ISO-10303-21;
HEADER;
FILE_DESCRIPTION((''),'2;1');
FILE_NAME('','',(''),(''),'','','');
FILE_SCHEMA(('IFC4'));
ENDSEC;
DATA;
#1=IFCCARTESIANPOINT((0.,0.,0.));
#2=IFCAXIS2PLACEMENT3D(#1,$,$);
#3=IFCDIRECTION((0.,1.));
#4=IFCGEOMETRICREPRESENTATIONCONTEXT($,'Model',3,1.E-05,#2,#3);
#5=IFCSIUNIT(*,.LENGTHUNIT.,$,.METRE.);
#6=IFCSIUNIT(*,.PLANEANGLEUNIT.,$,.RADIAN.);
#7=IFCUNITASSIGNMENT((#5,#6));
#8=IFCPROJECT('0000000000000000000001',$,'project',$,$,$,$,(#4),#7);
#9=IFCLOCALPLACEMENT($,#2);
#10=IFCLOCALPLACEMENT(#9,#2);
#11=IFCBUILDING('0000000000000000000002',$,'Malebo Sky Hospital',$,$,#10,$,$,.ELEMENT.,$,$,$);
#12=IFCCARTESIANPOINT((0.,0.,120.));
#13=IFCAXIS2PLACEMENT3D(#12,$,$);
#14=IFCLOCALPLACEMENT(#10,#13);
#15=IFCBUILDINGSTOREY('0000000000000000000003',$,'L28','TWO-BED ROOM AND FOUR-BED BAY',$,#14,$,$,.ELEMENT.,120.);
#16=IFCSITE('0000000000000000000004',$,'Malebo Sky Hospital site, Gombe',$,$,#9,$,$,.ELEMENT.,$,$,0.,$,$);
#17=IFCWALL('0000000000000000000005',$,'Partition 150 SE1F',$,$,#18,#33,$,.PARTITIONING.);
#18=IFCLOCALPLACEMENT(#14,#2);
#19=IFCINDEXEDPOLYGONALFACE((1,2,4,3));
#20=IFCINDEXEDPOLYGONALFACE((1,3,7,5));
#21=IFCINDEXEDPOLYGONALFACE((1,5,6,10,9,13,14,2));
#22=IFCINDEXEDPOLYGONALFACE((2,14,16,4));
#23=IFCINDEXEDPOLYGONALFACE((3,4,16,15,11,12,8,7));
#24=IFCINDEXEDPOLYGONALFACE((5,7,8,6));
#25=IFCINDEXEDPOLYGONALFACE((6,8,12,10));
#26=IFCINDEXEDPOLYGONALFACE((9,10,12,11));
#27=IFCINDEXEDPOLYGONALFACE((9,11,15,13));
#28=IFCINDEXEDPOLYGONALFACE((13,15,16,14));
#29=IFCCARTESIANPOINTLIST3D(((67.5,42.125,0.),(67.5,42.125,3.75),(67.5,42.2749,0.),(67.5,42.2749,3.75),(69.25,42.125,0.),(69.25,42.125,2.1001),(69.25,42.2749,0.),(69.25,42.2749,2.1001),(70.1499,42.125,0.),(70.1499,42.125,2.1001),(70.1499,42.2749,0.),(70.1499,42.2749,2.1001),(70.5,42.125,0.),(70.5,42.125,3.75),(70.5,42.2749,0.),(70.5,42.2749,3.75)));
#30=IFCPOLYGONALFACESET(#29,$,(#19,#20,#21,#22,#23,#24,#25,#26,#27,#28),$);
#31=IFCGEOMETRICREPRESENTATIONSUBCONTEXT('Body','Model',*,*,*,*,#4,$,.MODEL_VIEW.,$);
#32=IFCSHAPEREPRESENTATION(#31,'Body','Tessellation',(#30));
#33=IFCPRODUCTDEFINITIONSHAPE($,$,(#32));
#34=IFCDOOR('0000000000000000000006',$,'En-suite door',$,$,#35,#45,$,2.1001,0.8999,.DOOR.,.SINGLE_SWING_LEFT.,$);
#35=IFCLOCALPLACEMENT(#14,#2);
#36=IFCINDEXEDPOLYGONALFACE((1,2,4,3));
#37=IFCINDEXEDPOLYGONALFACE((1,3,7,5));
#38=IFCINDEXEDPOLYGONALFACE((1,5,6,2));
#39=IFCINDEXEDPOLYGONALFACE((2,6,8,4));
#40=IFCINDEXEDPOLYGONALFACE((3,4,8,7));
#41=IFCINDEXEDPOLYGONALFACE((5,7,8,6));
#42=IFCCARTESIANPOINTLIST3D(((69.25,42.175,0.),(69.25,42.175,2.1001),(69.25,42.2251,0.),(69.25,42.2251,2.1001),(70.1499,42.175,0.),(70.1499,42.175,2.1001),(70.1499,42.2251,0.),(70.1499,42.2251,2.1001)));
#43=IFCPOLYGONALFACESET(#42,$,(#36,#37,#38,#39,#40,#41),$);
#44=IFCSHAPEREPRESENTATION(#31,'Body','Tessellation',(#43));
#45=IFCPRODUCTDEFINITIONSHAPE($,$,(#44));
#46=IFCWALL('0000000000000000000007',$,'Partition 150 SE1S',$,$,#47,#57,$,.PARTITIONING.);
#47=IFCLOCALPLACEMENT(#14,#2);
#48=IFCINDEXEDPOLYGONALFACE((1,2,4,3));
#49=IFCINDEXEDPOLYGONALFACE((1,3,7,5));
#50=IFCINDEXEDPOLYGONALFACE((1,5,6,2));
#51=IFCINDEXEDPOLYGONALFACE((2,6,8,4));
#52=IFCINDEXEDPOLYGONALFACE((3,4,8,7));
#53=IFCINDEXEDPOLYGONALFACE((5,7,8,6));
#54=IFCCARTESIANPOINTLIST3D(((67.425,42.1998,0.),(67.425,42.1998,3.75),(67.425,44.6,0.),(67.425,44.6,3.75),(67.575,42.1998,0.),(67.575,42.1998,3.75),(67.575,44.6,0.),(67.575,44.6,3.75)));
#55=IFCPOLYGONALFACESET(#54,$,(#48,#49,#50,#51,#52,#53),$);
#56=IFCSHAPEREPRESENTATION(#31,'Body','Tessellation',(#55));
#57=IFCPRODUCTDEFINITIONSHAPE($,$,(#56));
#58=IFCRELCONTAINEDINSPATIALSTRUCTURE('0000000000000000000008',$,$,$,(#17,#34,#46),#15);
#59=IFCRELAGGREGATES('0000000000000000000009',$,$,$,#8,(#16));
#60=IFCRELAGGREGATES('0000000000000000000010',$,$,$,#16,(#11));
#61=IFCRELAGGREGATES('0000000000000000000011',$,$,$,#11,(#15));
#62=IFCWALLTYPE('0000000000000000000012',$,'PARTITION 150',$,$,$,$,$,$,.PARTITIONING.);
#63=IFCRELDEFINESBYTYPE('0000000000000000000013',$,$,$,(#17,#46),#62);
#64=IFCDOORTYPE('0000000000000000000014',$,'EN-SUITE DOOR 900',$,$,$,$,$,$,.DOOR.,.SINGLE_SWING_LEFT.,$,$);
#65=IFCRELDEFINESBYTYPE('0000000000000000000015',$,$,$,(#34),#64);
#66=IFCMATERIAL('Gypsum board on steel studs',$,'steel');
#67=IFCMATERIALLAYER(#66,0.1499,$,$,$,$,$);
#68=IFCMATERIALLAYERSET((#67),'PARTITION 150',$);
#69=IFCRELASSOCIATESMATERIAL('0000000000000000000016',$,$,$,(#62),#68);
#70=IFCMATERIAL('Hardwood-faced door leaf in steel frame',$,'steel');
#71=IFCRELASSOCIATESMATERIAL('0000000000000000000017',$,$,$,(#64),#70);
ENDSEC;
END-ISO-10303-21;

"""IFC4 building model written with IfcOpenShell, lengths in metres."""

from ifc_helpers import new_model, si_unit, direction, frame, frame_2d, origin, place, context, subcontext, project, spatial, rectangle, extrude, material, layer, layer_set, type_object, element, fill, save


model = new_model("IFC4")

# Units and contexts
model_context = context("Model", 3, precision=1e-05, world=origin(), true_north=direction((0.0, 1.0)))
body_context = subcontext(model_context, "Body", "Model", "MODEL_VIEW")
ifc_project = project(units=[si_unit("LENGTHUNIT", "METRE"), si_unit("PLANEANGLEUNIT", "RADIAN")], contexts=[model_context])

# Site, building, storey
site_placement = place(None, origin())
site = spatial("IfcSite", under=ifc_project, at=site_placement, Name="Malebo Sky Hospital site, Gombe", CompositionType="ELEMENT", RefElevation=0.0)
building_placement = place(site_placement, origin())
building = spatial("IfcBuilding", under=site, at=building_placement, Name="Malebo Sky Hospital", CompositionType="ELEMENT")
storey_placement = place(building_placement, frame((0.0, 0.0, 120.0)))
storey = spatial("IfcBuildingStorey", under=building, at=storey_placement, Name="L28", Description="TWO-BED ROOM AND FOUR-BED BAY", CompositionType="ELEMENT", Elevation=120.0)

# Shared definitions
ifc_material_1 = material(Name="Gypsum board on steel studs", Category="steel")
ifc_layer = layer(ifc_material_1, 0.1499)
ifc_layer_set = layer_set([ifc_layer], Name="PARTITION 150")
wall_type = type_object("IfcWallType", Name="PARTITION 150", PredefinedType="PARTITIONING", material=ifc_layer_set)

# Shared definitions
ifc_material_2 = material(Name="Hardwood-faced door leaf in steel frame", Category="steel")
door_type = type_object("IfcDoorType", Name="EN-SUITE DOOR 900", OperationType="SINGLE_SWING_LEFT", PredefinedType="DOOR", material=ifc_material_2)

# Wall, opening, door
wall_1_placement = place(storey_placement, frame((70.5, 42.2, 0.0), z_axis=(0.0, 0.0, 1.0), x_axis=(-1.0, 0.0, 0.0)))
wall_1 = element("IfcWall", 1, at=wall_1_placement, inside=storey, type_object=wall_type, Name="Partition 150 SE1F", PredefinedType="PARTITIONING", context=body_context, shape_type="SweptSolid", body=[
    extrude(rectangle(XDim=3.0, YDim=0.1499, at=frame_2d((1.5, 0.0))), origin(), (0.0, 0.0, 1.0), 3.75),
])
opening_1_placement = place(wall_1_placement, frame((0.3501, 0.0, 0.0)))
opening_1 = element("IfcOpeningElement", 2, at=opening_1_placement, cuts=wall_1, PredefinedType="OPENING", context=body_context, shape_type="SweptSolid", body=[
    extrude(rectangle(XDim=0.8999, YDim=2.1001, at=frame_2d((0.45, 1.05))), frame((0.0, 0.085, 0.0), z_axis=(0.0, -1.0, 0.0), x_axis=(1.0, 0.0, 0.0)), (0.0, 0.0, 1.0), 0.1699),
])
door_1_placement = place(opening_1_placement, origin())
door_1 = element("IfcDoor", 3, at=door_1_placement, inside=storey, type_object=door_type, Name="En-suite door", OperationType="SINGLE_SWING_LEFT", OverallHeight=2.1001, OverallWidth=0.8999, PredefinedType="DOOR", context=body_context, shape_type="SweptSolid", body=[
    extrude(rectangle(XDim=0.8999, YDim=2.1001, at=frame_2d((0.45, 1.05))), frame((0.0, 0.0249, 0.0), z_axis=(0.0, -1.0, 0.0), x_axis=(1.0, 0.0, 0.0)), (0.0, 0.0, 1.0), 0.05),
])
fill(opening_1, door_1)

# Wall
wall_2_placement = place(storey_placement, frame((67.5, 44.6001, 0.0), z_axis=(0.0, 0.0, 1.0), x_axis=(0.0, -1.0, 0.0)))
element("IfcWall", 4, at=wall_2_placement, inside=storey, type_object=wall_type, Name="Partition 150 SE1S", PredefinedType="PARTITIONING", context=body_context, shape_type="SweptSolid", body=[
    extrude(rectangle(XDim=2.4001, YDim=0.1499, at=frame_2d((1.2002, 0.0))), origin(), (0.0, 0.0, 1.0), 3.75),
])

save(model, "model.ifc")
